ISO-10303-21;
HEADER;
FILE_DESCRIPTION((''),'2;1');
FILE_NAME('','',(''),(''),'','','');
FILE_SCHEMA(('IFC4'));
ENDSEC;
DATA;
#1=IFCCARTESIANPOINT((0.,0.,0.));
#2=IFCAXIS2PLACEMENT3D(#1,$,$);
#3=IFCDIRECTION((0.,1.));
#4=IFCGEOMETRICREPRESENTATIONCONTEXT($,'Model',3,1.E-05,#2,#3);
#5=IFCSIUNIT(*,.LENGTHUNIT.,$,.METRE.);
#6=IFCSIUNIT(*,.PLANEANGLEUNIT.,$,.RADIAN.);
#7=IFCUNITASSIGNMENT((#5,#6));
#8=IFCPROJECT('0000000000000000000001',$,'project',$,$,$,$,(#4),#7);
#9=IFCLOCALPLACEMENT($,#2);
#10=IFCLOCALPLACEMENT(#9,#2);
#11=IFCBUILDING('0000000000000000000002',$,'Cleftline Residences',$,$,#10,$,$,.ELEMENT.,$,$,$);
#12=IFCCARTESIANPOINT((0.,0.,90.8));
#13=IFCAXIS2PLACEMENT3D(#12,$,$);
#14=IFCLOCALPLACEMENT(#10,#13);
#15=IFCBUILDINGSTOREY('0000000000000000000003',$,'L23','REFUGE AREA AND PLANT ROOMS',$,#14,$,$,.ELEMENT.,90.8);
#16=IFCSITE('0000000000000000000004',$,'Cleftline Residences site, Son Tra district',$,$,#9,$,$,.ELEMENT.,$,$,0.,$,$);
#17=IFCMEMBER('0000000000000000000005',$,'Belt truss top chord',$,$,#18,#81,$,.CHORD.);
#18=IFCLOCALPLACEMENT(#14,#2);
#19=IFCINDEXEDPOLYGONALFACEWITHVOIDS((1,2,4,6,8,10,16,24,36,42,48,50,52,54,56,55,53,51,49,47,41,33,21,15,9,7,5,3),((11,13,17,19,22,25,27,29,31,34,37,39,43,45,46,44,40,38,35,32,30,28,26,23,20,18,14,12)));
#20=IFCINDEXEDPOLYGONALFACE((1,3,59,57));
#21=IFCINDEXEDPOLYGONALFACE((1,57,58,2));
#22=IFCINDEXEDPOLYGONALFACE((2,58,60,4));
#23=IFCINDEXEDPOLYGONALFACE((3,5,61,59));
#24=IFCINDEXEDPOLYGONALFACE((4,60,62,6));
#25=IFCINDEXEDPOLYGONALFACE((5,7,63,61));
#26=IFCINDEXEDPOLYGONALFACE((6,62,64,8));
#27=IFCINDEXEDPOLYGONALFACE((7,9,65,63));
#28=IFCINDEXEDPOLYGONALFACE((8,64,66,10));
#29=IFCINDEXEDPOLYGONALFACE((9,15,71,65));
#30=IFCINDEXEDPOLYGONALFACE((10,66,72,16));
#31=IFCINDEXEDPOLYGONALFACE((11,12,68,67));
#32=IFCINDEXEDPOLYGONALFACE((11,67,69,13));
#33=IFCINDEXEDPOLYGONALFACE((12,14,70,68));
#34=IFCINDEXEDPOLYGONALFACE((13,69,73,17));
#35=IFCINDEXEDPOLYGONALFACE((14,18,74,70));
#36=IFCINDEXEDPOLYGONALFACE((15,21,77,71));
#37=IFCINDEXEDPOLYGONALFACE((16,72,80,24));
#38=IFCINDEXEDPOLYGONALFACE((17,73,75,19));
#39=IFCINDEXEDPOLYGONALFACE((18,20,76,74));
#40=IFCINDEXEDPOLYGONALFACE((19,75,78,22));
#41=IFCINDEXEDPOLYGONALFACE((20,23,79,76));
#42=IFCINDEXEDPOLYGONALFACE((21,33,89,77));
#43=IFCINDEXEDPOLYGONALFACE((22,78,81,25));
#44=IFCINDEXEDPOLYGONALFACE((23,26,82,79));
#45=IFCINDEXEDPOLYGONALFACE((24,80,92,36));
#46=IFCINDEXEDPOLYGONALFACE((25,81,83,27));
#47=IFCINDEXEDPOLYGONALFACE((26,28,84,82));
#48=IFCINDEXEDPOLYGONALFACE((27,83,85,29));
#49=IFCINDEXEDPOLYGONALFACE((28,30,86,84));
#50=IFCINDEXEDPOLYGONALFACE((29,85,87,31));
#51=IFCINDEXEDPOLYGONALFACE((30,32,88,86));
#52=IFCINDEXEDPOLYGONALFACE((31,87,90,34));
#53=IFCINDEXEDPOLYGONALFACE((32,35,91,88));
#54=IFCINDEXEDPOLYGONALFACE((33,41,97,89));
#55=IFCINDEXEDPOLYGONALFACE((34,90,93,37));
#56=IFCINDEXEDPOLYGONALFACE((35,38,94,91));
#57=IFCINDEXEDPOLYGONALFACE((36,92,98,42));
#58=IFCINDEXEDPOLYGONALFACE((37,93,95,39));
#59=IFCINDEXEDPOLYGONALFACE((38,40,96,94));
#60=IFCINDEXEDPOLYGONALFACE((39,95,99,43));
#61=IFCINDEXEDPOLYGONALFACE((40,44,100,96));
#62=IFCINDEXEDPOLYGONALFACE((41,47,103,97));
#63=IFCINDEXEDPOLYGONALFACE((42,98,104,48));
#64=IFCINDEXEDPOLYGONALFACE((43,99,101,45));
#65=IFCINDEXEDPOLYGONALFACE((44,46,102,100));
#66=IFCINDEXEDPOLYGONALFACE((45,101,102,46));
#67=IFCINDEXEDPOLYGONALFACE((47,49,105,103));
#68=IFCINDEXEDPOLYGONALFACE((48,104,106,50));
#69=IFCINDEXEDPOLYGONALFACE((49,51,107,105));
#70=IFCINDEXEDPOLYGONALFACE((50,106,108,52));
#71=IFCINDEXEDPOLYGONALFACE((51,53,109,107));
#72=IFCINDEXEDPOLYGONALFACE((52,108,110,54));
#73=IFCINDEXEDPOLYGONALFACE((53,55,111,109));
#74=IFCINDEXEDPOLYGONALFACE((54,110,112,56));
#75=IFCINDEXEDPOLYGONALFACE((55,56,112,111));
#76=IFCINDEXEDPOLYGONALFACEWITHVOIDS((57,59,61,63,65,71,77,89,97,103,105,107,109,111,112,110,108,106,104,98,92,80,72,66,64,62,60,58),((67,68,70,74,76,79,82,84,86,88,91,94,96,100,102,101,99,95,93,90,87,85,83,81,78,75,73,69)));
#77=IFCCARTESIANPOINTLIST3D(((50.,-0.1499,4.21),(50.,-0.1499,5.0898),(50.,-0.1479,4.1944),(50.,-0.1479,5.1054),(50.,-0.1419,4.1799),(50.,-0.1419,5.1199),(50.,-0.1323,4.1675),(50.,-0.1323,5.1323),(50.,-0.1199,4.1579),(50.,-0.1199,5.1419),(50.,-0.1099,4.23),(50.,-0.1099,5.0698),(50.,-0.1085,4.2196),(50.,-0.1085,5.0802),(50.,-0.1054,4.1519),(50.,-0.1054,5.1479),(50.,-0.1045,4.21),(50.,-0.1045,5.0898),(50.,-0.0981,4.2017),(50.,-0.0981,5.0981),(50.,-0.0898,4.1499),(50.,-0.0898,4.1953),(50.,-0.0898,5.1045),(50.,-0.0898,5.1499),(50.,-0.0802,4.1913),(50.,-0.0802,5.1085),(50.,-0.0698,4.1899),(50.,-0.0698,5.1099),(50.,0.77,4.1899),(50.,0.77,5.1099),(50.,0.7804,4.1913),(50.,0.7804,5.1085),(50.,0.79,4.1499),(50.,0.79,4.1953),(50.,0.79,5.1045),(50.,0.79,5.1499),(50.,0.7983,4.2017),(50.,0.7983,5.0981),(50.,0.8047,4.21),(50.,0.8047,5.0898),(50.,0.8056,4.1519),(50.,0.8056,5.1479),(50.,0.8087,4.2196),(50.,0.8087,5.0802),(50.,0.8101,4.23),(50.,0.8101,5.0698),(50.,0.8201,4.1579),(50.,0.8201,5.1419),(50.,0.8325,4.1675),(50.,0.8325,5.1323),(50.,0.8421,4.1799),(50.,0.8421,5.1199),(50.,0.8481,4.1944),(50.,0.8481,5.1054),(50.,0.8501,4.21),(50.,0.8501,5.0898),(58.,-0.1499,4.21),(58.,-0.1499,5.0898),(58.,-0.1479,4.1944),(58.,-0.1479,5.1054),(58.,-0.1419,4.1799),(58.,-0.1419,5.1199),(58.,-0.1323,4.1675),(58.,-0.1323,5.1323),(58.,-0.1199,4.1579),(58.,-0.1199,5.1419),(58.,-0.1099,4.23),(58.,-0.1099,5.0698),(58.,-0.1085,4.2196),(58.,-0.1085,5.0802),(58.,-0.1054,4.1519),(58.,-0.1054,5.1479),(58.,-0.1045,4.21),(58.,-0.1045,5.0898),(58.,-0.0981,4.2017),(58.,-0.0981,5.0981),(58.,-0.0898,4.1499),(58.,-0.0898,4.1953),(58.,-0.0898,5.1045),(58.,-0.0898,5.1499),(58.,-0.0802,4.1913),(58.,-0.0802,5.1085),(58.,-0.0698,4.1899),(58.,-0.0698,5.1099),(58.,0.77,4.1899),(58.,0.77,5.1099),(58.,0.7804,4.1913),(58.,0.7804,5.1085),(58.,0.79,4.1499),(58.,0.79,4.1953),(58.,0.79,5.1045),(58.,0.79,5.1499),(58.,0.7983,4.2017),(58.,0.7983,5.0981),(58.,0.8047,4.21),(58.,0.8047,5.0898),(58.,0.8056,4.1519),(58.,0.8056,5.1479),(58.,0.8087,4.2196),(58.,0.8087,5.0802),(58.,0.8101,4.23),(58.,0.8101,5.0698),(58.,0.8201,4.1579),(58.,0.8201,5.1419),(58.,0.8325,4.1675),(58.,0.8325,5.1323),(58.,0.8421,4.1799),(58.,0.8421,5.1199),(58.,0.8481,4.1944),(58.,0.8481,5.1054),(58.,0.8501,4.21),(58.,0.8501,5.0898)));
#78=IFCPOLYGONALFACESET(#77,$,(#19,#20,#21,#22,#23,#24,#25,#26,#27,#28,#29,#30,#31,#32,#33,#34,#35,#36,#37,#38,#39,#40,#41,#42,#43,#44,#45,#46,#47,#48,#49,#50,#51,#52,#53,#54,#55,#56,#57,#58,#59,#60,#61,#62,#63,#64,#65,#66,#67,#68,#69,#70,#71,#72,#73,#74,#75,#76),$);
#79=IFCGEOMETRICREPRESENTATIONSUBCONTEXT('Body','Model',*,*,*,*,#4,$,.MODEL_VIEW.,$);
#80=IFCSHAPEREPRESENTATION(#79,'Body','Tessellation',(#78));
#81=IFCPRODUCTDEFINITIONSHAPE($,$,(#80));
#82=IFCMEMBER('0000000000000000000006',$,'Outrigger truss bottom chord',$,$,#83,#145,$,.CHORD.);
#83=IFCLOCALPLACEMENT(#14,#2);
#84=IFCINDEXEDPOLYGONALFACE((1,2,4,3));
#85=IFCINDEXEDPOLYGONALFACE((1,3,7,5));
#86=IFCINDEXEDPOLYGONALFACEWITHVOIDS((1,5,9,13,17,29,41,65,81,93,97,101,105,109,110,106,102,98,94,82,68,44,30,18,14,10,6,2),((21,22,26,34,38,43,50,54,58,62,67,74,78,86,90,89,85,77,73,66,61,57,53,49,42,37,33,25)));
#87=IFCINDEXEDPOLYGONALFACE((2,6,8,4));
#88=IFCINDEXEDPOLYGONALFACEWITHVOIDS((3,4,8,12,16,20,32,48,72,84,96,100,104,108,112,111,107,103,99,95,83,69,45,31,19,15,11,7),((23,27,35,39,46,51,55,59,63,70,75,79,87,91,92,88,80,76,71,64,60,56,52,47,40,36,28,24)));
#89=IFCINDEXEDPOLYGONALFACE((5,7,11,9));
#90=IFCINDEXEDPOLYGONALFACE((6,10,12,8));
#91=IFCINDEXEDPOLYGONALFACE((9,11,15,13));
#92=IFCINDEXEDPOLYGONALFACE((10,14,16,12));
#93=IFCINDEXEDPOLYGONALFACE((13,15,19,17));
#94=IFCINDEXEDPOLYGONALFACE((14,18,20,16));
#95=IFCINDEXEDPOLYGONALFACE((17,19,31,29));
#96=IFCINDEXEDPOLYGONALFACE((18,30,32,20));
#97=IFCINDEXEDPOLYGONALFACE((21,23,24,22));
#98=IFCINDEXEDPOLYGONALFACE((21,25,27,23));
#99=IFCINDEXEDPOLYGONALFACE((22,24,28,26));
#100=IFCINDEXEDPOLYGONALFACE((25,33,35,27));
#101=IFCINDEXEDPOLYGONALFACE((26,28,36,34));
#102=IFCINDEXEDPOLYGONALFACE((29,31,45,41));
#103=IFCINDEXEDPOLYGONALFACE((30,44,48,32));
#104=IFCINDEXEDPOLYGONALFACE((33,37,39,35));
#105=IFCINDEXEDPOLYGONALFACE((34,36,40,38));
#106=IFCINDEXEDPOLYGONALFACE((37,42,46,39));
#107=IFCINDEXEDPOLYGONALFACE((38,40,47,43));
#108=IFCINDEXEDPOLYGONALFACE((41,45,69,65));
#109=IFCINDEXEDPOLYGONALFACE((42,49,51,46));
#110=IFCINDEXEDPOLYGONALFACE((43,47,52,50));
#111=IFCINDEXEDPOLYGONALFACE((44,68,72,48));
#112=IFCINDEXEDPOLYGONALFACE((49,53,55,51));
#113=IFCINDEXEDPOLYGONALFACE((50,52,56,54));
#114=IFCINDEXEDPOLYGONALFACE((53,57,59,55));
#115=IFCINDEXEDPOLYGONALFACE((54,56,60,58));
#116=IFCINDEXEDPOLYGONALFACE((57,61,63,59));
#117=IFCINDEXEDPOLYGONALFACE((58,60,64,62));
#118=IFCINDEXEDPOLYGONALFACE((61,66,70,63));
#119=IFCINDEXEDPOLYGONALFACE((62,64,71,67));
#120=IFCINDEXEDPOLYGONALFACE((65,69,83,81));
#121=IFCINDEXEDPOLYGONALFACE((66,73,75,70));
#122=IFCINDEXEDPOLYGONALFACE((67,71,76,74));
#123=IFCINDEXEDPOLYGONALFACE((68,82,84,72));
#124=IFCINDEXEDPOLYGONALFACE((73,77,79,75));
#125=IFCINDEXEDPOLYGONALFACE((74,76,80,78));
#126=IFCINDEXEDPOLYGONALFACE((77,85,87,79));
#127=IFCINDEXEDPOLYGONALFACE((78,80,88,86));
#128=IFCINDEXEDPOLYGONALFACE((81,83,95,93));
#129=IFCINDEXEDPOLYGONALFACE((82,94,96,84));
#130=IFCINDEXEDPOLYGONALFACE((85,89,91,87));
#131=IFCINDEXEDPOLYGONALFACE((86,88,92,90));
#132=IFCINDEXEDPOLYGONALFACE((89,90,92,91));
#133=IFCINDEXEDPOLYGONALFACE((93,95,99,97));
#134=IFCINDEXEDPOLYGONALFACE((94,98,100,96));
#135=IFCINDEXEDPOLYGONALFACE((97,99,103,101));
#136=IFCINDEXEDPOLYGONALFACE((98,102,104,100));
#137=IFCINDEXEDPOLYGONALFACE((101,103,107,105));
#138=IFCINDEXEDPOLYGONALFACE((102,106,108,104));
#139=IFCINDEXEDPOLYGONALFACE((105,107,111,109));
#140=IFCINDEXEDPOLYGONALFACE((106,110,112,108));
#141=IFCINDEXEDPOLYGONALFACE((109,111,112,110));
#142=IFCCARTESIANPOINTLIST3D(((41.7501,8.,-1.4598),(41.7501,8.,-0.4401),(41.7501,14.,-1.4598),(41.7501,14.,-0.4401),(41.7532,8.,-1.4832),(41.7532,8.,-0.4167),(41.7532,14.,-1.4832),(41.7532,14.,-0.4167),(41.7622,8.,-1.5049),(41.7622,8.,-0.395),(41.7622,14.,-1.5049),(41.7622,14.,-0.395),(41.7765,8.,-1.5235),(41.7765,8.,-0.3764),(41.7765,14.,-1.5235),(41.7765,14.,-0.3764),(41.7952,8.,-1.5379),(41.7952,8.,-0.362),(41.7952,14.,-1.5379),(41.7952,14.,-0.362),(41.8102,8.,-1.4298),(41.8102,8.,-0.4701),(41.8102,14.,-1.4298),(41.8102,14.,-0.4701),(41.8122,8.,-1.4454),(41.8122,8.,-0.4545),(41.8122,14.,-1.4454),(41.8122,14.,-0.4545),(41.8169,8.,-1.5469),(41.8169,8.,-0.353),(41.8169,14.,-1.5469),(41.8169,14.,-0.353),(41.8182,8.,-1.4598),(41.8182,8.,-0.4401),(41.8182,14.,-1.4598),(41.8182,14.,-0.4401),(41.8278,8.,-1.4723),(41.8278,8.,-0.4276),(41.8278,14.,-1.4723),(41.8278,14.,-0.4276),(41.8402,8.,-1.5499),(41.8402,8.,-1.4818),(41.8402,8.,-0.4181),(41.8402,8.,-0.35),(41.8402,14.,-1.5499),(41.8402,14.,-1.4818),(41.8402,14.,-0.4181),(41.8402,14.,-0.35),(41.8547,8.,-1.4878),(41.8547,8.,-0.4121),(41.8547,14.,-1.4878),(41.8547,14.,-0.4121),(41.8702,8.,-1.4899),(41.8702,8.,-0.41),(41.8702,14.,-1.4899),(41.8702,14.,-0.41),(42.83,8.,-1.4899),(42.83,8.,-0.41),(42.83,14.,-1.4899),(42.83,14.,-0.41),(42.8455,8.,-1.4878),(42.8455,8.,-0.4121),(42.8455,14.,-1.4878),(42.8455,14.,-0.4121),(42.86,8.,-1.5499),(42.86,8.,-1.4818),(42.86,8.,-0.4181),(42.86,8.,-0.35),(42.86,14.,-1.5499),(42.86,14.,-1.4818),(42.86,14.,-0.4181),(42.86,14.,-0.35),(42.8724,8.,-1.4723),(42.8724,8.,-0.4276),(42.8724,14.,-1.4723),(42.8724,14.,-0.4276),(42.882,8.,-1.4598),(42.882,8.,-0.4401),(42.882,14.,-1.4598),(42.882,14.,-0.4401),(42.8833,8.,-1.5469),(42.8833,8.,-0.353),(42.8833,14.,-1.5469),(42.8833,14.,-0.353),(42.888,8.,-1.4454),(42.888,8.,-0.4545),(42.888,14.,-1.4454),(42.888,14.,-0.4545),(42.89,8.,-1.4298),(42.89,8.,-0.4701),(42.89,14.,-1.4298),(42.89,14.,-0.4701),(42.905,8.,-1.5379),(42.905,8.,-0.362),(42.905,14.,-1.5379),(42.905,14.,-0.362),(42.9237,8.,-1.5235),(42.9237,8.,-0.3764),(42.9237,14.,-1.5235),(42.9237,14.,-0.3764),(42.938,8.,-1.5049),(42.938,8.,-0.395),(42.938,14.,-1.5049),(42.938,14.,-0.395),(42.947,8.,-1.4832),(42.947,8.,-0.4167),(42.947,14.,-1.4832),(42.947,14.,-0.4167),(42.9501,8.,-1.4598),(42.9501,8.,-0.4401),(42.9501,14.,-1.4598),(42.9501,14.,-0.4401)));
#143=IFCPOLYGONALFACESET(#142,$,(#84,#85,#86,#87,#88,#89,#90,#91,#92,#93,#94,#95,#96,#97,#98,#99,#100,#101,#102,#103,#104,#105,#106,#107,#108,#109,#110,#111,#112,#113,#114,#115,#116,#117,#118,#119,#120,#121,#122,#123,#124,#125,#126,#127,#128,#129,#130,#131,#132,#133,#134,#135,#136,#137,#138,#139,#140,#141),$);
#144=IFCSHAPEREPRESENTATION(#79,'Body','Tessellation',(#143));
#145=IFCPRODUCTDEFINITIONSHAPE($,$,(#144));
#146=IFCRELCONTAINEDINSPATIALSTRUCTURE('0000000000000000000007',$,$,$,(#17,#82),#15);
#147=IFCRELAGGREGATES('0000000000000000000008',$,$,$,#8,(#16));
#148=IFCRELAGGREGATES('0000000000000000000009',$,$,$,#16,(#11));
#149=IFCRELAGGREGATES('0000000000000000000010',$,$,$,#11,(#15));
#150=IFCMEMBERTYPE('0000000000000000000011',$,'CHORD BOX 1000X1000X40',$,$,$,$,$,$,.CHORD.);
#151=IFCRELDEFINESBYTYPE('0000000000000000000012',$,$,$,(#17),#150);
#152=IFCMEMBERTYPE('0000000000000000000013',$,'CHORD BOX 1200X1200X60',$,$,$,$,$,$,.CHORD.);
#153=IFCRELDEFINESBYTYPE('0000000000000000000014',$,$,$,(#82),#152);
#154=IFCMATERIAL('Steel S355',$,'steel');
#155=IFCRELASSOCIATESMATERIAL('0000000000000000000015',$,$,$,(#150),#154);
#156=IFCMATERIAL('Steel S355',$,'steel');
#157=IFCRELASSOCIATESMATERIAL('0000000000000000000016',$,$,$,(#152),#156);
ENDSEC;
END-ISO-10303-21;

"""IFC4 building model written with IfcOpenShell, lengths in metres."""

from ifc_helpers import new_model, si_unit, direction, frame, origin, origin_2d, place, context, subcontext, project, spatial, hollow_rectangle, extrude, material, material_profile, profile_set, type_object, element, save


model = new_model("IFC4")

# Units and contexts
model_context = context("Model", 3, precision=1e-05, world=origin(), true_north=direction((0.0, 1.0)))
body_context = subcontext(model_context, "Body", "Model", "MODEL_VIEW")
ifc_project = project(units=[si_unit("LENGTHUNIT", "METRE"), si_unit("PLANEANGLEUNIT", "RADIAN")], contexts=[model_context])

# Site, building, storey
site_placement = place(None, origin())
site = spatial("IfcSite", under=ifc_project, at=site_placement, Name="Cleftline Residences site, Son Tra district", CompositionType="ELEMENT", RefElevation=0.0)
building_placement = place(site_placement, origin())
building = spatial("IfcBuilding", under=site, at=building_placement, Name="Cleftline Residences", CompositionType="ELEMENT")
storey_placement = place(building_placement, frame((0.0, 0.0, 90.8)))
storey = spatial("IfcBuildingStorey", under=building, at=storey_placement, Name="L23", Description="REFUGE AREA AND PLANT ROOMS", CompositionType="ELEMENT", Elevation=90.8)

# Members
ifc_material_1 = material(Name="Steel S355", Category="steel")
ifc_material_profile_1 = material_profile(ifc_material_1, hollow_rectangle(XDim=1.0, YDim=1.0, WallThickness=0.04, InnerFilletRadius=0.04, OuterFilletRadius=0.0601, at=origin_2d()))
ifc_profile_set_1 = profile_set([ifc_material_profile_1], Name="Steel S355")
member_type_1 = type_object("IfcMemberType", Name="CHORD BOX 1000X1000X40", PredefinedType="CHORD", material=ifc_profile_set_1)
for number, where, z_axis, x_axis, name in (
    (1, (50.0, 0.3501, 4.6499), (1.0, 0.0, 0.0), (0.0, 1.0, 0.0), "Belt truss top chord"),
):
    element("IfcMember", number, at=place(storey_placement, frame(where, z_axis=z_axis, x_axis=x_axis)), inside=storey, type_object=member_type_1, Name=name, PredefinedType="CHORD", context=body_context, shape_type="SweptSolid", body=[
        extrude(hollow_rectangle(XDim=1.0, YDim=1.0, WallThickness=0.04, InnerFilletRadius=0.04, OuterFilletRadius=0.0601, at=origin_2d()), origin(), (0.0, 0.0, 1.0), 8.0),
    ])
ifc_material_2 = material(Name="Steel S355", Category="steel")
ifc_material_profile_2 = material_profile(ifc_material_2, hollow_rectangle(XDim=1.2, YDim=1.2, WallThickness=0.0601, InnerFilletRadius=0.0601, OuterFilletRadius=0.0901, at=origin_2d()))
ifc_profile_set_2 = profile_set([ifc_material_profile_2], Name="Steel S355")
member_type_2 = type_object("IfcMemberType", Name="CHORD BOX 1200X1200X60", PredefinedType="CHORD", material=ifc_profile_set_2)
for number, where, z_axis, x_axis, name in (
    (2, (42.3501, 8.0, -0.95), (0.0, 1.0, 0.0), (-1.0, 0.0, 0.0), "Outrigger truss bottom chord"),
):
    element("IfcMember", number, at=place(storey_placement, frame(where, z_axis=z_axis, x_axis=x_axis)), inside=storey, type_object=member_type_2, Name=name, PredefinedType="CHORD", context=body_context, shape_type="SweptSolid", body=[
        extrude(hollow_rectangle(XDim=1.2, YDim=1.2, WallThickness=0.0601, InnerFilletRadius=0.0601, OuterFilletRadius=0.0901, at=origin_2d()), origin(), (0.0, 0.0, 1.0), 6.0),
    ])

save(model, "model.ifc")
